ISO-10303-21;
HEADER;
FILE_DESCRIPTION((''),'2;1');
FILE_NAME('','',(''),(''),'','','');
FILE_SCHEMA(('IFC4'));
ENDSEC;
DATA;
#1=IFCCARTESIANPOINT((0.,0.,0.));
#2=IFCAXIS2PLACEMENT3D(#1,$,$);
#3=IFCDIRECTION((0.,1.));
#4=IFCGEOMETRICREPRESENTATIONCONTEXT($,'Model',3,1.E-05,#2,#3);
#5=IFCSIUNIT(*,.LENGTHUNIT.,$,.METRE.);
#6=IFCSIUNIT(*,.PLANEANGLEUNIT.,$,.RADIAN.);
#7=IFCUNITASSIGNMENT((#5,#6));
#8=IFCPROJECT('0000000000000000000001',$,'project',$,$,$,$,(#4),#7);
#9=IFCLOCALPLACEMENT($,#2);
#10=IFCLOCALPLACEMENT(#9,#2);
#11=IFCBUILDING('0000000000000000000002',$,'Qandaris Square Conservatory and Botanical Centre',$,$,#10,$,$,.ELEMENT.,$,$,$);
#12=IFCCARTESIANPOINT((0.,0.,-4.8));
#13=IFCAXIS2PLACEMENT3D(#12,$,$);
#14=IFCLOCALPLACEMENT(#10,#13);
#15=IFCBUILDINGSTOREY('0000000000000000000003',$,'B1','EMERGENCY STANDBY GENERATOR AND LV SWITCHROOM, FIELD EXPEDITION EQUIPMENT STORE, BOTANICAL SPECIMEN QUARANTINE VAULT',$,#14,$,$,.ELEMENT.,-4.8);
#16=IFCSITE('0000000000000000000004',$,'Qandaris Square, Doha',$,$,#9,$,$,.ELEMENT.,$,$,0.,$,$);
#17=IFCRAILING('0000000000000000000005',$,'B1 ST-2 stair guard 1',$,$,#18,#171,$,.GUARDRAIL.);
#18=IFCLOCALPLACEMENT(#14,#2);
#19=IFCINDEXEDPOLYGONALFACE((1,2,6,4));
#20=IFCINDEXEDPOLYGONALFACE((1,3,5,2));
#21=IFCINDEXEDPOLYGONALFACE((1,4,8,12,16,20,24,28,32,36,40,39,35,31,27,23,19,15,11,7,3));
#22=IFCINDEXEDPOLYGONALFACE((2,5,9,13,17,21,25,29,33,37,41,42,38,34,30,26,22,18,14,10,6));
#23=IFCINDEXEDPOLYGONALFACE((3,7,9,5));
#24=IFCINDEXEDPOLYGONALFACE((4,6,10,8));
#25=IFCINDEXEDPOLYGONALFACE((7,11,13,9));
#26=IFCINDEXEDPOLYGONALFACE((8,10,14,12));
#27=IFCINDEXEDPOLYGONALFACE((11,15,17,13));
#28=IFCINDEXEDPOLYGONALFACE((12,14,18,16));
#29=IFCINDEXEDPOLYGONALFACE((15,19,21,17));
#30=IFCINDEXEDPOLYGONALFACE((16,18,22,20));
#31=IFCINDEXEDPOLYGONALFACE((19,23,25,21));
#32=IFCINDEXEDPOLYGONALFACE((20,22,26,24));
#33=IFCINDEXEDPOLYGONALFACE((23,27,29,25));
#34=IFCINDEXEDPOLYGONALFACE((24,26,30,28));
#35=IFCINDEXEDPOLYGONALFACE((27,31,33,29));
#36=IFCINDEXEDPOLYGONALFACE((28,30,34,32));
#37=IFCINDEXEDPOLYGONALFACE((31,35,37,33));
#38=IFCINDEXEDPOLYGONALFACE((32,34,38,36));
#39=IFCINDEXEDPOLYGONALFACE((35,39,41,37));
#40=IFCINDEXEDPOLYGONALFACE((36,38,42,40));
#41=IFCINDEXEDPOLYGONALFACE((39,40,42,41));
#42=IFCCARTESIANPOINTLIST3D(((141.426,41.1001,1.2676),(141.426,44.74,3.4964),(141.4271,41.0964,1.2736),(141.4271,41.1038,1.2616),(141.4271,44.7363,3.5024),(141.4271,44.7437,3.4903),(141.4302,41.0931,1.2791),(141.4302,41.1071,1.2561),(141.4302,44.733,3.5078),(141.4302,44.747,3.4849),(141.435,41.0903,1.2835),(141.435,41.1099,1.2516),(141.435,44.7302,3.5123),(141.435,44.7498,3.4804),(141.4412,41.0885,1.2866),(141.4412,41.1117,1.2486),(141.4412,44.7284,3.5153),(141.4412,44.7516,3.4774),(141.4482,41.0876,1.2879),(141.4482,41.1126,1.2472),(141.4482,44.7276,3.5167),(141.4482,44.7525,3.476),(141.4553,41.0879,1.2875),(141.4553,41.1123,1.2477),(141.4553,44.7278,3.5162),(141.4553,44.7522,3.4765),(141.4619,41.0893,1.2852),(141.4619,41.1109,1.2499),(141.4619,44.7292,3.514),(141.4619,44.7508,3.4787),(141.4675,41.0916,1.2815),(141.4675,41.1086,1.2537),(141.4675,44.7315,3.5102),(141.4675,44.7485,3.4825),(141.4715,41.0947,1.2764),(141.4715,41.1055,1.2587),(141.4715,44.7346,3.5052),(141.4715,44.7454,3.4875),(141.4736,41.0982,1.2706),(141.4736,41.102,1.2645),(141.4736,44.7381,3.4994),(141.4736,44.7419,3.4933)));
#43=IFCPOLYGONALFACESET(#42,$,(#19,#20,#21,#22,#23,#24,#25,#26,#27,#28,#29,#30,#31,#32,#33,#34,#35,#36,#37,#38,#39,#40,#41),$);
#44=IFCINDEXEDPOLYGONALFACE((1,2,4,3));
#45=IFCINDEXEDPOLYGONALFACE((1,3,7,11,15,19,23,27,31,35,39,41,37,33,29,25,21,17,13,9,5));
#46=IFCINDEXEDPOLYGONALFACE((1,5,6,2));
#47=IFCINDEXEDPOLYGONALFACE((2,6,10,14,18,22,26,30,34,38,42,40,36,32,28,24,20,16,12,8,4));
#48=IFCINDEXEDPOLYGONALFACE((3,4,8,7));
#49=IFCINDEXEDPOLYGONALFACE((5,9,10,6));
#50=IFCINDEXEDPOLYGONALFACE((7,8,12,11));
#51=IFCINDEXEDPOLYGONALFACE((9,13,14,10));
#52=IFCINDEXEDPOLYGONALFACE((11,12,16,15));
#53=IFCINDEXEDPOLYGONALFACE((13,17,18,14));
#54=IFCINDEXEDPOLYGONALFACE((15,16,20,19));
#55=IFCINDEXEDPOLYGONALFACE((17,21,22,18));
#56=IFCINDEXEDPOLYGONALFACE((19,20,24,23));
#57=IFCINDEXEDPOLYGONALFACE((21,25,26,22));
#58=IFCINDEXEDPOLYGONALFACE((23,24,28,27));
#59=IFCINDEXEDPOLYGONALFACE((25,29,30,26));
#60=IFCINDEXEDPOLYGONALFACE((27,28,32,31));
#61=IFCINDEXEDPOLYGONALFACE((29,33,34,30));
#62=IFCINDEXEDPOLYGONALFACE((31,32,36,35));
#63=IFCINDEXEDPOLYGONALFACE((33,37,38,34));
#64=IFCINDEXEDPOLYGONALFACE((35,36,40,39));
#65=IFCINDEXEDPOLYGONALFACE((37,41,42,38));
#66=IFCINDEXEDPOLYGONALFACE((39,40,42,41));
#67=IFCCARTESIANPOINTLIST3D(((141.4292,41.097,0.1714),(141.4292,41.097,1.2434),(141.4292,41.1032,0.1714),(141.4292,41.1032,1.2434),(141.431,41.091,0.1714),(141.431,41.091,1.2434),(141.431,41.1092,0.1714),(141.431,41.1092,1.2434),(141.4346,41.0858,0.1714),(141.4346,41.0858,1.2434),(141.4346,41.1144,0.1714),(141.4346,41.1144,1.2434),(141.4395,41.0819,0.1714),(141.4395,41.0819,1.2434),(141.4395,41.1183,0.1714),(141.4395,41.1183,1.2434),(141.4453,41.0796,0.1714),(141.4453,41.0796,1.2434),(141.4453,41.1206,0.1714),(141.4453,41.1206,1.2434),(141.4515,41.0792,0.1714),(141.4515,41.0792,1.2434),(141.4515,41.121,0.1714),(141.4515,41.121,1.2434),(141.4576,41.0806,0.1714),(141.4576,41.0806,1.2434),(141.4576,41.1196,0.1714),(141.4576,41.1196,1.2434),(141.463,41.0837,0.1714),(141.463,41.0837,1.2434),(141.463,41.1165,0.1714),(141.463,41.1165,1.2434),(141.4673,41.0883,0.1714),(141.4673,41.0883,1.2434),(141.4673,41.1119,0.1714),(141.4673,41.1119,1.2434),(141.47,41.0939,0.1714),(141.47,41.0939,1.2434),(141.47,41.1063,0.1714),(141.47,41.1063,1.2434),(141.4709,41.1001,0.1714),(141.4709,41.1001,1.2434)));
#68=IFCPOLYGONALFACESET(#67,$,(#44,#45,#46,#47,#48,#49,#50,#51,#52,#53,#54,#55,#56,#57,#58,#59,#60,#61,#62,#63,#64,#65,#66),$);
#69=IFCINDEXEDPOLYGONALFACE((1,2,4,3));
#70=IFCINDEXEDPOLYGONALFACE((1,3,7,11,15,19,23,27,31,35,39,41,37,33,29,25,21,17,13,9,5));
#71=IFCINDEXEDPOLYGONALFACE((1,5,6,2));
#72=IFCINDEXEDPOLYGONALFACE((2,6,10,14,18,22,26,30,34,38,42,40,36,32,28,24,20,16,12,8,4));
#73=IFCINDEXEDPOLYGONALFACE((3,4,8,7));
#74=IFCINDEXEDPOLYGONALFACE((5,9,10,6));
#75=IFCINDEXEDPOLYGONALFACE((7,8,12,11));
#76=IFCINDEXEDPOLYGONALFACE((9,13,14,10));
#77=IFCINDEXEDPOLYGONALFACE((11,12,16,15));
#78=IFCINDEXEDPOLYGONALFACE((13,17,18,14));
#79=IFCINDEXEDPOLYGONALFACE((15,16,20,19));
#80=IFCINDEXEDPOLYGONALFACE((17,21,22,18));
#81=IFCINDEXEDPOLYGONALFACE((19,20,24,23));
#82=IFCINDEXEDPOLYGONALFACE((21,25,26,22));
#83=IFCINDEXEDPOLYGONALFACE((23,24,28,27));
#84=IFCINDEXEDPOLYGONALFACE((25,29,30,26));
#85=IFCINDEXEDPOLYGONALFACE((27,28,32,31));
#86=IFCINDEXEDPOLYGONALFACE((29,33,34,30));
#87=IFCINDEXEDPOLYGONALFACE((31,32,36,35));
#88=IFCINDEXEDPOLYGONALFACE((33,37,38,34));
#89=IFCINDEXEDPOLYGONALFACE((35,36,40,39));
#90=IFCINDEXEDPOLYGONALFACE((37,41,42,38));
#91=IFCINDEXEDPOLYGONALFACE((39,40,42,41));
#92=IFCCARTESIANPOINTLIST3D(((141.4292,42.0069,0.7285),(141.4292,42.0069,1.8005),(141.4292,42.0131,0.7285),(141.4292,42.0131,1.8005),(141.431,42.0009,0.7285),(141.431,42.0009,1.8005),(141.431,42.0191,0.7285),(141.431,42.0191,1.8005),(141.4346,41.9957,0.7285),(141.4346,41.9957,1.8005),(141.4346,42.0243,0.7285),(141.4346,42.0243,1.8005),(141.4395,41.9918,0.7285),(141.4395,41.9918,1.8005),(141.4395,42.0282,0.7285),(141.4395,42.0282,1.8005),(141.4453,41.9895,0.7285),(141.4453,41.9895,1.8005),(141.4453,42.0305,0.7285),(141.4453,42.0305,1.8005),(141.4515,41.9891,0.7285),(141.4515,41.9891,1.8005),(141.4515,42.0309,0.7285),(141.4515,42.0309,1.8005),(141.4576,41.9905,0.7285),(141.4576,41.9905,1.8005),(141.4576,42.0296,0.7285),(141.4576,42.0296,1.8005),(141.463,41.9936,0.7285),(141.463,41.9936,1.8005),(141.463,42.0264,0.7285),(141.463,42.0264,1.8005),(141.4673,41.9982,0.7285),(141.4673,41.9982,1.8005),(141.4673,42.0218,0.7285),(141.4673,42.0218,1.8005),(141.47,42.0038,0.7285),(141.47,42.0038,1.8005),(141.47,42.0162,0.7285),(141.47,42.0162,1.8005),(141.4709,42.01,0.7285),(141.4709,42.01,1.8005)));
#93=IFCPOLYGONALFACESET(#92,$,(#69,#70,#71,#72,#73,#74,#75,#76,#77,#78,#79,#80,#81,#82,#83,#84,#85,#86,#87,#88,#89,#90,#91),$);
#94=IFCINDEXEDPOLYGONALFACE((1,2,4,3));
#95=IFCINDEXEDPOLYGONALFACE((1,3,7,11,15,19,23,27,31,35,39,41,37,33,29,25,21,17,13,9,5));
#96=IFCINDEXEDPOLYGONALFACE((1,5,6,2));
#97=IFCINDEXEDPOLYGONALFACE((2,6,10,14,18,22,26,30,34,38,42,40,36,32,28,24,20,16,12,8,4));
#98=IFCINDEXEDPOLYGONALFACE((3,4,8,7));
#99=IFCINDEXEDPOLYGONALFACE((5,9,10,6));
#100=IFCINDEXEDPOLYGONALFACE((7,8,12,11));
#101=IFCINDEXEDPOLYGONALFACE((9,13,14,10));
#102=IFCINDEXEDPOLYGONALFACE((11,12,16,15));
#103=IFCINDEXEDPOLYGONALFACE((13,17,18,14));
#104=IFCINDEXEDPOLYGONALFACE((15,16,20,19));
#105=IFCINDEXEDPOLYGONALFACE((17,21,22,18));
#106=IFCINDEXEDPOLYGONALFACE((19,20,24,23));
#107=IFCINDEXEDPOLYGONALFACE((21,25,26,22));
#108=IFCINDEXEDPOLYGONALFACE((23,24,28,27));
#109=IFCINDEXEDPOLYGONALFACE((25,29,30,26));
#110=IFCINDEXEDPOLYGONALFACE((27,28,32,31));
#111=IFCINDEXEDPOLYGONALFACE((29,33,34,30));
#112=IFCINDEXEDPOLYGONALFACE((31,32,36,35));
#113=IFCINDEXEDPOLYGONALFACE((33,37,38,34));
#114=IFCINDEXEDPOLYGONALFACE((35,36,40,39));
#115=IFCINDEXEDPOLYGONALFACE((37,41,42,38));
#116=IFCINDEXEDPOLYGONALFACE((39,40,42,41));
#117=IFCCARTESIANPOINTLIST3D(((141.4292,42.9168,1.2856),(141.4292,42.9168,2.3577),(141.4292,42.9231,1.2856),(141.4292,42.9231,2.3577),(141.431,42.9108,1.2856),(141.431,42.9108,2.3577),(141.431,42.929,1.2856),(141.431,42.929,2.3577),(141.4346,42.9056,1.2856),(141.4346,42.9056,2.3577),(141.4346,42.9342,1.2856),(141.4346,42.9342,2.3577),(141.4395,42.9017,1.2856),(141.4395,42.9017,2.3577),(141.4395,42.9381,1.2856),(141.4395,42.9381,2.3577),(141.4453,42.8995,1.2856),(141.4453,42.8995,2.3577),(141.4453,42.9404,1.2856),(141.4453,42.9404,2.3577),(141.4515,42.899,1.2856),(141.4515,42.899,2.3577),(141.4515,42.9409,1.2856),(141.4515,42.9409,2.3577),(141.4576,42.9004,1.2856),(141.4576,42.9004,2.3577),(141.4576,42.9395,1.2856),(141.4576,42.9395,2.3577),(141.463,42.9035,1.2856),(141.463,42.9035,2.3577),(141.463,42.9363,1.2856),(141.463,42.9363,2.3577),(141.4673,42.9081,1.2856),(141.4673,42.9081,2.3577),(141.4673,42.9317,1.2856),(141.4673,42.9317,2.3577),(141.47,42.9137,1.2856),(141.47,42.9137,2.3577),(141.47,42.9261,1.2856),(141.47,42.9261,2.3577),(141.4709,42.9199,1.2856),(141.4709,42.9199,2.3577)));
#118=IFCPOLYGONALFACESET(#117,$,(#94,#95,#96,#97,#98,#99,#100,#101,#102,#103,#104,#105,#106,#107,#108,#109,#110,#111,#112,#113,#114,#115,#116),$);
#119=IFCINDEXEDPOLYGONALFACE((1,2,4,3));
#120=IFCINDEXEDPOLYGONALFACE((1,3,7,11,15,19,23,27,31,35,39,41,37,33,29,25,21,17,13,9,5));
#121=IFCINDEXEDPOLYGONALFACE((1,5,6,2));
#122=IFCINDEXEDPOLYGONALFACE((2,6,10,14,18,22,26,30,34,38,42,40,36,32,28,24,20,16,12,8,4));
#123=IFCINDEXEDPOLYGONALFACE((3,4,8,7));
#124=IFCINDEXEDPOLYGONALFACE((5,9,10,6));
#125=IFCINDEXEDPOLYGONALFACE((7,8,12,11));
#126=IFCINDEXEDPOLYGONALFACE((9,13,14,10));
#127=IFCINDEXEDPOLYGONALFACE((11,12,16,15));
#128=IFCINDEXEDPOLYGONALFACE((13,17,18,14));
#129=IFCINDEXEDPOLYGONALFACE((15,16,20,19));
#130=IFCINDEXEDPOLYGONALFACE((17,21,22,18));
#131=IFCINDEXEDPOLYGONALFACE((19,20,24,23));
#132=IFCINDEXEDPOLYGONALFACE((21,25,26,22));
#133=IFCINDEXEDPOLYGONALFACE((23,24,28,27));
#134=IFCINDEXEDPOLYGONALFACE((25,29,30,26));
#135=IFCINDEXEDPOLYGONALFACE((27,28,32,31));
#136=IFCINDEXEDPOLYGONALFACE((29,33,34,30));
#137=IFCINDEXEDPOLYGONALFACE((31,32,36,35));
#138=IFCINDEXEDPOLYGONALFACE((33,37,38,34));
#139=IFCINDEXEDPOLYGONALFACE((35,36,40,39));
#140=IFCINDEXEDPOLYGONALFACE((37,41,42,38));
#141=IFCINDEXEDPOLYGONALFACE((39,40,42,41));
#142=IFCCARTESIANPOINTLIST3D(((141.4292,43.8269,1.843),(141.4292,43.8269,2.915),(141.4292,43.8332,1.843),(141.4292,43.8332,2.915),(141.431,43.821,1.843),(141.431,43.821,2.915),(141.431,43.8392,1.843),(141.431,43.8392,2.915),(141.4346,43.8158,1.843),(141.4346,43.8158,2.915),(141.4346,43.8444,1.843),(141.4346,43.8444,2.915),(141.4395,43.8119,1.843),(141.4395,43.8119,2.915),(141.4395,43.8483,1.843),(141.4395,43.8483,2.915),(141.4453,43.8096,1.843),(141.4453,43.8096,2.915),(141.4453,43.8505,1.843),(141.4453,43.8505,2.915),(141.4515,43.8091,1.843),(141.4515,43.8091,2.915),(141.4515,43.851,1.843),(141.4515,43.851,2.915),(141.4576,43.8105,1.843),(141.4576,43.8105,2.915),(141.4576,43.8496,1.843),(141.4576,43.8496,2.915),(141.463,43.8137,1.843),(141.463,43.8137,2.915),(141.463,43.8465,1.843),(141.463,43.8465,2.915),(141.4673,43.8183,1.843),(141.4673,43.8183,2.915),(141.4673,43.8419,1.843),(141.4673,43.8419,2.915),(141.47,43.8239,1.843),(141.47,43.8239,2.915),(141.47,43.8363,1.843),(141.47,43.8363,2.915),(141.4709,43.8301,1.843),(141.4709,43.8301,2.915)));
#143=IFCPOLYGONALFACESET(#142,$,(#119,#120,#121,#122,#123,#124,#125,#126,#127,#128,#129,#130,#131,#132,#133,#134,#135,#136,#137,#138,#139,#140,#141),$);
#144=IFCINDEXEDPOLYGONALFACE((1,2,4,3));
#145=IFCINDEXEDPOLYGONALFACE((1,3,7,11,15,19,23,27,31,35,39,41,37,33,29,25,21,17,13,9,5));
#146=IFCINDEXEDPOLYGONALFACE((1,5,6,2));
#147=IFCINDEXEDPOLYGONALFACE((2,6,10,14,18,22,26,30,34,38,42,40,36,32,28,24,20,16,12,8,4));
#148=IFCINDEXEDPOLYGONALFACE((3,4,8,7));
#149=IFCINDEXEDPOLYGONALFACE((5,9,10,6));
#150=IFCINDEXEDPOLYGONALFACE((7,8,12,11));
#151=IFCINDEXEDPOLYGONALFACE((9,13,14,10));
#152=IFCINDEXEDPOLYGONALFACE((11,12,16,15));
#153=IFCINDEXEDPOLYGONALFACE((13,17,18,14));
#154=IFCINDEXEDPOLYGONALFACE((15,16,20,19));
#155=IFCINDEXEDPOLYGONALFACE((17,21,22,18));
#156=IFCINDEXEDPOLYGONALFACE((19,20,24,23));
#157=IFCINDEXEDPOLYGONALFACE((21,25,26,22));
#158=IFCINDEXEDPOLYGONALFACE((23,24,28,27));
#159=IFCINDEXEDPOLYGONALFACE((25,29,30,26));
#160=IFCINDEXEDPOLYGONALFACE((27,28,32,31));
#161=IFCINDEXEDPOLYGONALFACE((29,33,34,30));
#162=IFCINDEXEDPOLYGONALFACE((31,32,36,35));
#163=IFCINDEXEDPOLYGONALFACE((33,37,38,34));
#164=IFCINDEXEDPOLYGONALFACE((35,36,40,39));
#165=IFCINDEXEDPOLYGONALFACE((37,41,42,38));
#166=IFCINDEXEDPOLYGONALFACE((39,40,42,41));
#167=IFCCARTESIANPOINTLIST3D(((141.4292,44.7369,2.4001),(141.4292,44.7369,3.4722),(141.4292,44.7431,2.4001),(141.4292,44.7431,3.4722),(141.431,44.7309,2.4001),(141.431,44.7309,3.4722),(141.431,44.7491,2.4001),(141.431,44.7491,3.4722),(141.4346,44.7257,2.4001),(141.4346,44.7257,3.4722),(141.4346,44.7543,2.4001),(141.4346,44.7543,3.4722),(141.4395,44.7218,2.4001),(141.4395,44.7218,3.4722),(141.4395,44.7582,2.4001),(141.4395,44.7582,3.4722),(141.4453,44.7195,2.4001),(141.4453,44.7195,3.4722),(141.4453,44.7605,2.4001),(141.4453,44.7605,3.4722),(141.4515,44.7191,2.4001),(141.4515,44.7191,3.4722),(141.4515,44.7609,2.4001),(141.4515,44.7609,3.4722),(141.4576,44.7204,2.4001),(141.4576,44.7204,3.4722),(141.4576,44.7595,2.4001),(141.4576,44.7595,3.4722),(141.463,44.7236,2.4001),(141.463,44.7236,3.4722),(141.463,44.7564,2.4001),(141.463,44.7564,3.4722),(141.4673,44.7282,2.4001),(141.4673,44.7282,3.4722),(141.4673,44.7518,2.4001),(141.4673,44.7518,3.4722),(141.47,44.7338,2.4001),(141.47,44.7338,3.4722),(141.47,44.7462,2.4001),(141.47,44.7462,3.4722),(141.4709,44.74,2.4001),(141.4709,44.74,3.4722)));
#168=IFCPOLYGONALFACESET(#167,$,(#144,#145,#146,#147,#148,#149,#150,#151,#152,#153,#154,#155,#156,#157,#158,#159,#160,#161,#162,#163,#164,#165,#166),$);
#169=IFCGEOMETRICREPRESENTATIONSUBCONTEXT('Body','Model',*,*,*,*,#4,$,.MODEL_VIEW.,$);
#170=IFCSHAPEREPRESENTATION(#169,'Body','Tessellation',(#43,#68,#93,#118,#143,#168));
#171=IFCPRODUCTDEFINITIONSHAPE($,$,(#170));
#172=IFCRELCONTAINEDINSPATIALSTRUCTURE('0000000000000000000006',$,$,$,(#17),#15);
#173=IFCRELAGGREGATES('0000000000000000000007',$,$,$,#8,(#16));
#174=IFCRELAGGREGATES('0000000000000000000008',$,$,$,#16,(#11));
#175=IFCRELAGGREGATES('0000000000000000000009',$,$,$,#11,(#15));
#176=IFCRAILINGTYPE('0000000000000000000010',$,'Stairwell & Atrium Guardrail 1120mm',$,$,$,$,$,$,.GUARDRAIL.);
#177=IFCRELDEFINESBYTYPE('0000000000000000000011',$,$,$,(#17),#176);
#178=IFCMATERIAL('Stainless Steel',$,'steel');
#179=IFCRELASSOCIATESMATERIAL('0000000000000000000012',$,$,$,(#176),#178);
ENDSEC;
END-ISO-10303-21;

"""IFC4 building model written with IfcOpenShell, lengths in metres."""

from ifc_helpers import new_model, si_unit, direction, frame, origin, origin_2d, place, context, subcontext, project, spatial, circle, extrude, material, type_object, element, save


model = new_model("IFC4")

# Units and contexts
model_context = context("Model", 3, precision=1e-05, world=origin(), true_north=direction((0.0, 1.0)))
body_context = subcontext(model_context, "Body", "Model", "MODEL_VIEW")
ifc_project = project(units=[si_unit("LENGTHUNIT", "METRE"), si_unit("PLANEANGLEUNIT", "RADIAN")], contexts=[model_context])

# Site, building, storey
site_placement = place(None, origin())
site = spatial("IfcSite", under=ifc_project, at=site_placement, Name="Qandaris Square, Doha", CompositionType="ELEMENT", RefElevation=0.0)
building_placement = place(site_placement, origin())
building = spatial("IfcBuilding", under=site, at=building_placement, Name="Qandaris Square Conservatory and Botanical Centre", CompositionType="ELEMENT")
storey_placement = place(building_placement, frame((0.0, 0.0, -4.8)))
storey = spatial("IfcBuildingStorey", under=building, at=storey_placement, Name="B1", Description="EMERGENCY STANDBY GENERATOR AND LV SWITCHROOM, FIELD EXPEDITION EQUIPMENT STORE, BOTANICAL SPECIMEN QUARANTINE VAULT", CompositionType="ELEMENT", Elevation=-4.8)

# Railing
ifc_material_1 = material(Name="Stainless Steel", Category="steel")
railing_type_1 = type_object("IfcRailingType", Name="Stairwell & Atrium Guardrail 1120mm", PredefinedType="GUARDRAIL", material=ifc_material_1)
railing_1_placement = place(storey_placement, frame((141.45, 41.1001, 0.1714)))
element("IfcRailing", 1, at=railing_1_placement, inside=storey, type_object=railing_type_1, Name="B1 ST-2 stair guard 1", PredefinedType="GUARDRAIL", context=body_context, shape_type="SweptSolid", body=[
    extrude(circle(Radius=0.0239, at=origin_2d()), frame((0.0, 0.0, 1.0962), z_axis=(0.0, 0.852825, 0.522197), x_axis=(-1.0, 0.0, 0.0)), (0.0, 0.0, 1.0), 4.2681),
    extrude(circle(Radius=0.021, at=origin_2d()), origin(), (0.0, 0.0, 1.0), 1.072),
    extrude(circle(Radius=0.021, at=origin_2d()), frame((0.0, 0.9099, 0.5571)), (0.0, 0.0, 1.0), 1.072),
    extrude(circle(Radius=0.021, at=origin_2d()), frame((0.0, 1.8198, 1.1143)), (0.0, 0.0, 1.0), 1.072),
    extrude(circle(Radius=0.021, at=origin_2d()), frame((0.0, 2.73, 1.6716)), (0.0, 0.0, 1.0), 1.072),
    extrude(circle(Radius=0.021, at=origin_2d()), frame((0.0, 3.6399, 2.2288)), (0.0, 0.0, 1.0), 1.072),
])

save(model, "model.ifc")
